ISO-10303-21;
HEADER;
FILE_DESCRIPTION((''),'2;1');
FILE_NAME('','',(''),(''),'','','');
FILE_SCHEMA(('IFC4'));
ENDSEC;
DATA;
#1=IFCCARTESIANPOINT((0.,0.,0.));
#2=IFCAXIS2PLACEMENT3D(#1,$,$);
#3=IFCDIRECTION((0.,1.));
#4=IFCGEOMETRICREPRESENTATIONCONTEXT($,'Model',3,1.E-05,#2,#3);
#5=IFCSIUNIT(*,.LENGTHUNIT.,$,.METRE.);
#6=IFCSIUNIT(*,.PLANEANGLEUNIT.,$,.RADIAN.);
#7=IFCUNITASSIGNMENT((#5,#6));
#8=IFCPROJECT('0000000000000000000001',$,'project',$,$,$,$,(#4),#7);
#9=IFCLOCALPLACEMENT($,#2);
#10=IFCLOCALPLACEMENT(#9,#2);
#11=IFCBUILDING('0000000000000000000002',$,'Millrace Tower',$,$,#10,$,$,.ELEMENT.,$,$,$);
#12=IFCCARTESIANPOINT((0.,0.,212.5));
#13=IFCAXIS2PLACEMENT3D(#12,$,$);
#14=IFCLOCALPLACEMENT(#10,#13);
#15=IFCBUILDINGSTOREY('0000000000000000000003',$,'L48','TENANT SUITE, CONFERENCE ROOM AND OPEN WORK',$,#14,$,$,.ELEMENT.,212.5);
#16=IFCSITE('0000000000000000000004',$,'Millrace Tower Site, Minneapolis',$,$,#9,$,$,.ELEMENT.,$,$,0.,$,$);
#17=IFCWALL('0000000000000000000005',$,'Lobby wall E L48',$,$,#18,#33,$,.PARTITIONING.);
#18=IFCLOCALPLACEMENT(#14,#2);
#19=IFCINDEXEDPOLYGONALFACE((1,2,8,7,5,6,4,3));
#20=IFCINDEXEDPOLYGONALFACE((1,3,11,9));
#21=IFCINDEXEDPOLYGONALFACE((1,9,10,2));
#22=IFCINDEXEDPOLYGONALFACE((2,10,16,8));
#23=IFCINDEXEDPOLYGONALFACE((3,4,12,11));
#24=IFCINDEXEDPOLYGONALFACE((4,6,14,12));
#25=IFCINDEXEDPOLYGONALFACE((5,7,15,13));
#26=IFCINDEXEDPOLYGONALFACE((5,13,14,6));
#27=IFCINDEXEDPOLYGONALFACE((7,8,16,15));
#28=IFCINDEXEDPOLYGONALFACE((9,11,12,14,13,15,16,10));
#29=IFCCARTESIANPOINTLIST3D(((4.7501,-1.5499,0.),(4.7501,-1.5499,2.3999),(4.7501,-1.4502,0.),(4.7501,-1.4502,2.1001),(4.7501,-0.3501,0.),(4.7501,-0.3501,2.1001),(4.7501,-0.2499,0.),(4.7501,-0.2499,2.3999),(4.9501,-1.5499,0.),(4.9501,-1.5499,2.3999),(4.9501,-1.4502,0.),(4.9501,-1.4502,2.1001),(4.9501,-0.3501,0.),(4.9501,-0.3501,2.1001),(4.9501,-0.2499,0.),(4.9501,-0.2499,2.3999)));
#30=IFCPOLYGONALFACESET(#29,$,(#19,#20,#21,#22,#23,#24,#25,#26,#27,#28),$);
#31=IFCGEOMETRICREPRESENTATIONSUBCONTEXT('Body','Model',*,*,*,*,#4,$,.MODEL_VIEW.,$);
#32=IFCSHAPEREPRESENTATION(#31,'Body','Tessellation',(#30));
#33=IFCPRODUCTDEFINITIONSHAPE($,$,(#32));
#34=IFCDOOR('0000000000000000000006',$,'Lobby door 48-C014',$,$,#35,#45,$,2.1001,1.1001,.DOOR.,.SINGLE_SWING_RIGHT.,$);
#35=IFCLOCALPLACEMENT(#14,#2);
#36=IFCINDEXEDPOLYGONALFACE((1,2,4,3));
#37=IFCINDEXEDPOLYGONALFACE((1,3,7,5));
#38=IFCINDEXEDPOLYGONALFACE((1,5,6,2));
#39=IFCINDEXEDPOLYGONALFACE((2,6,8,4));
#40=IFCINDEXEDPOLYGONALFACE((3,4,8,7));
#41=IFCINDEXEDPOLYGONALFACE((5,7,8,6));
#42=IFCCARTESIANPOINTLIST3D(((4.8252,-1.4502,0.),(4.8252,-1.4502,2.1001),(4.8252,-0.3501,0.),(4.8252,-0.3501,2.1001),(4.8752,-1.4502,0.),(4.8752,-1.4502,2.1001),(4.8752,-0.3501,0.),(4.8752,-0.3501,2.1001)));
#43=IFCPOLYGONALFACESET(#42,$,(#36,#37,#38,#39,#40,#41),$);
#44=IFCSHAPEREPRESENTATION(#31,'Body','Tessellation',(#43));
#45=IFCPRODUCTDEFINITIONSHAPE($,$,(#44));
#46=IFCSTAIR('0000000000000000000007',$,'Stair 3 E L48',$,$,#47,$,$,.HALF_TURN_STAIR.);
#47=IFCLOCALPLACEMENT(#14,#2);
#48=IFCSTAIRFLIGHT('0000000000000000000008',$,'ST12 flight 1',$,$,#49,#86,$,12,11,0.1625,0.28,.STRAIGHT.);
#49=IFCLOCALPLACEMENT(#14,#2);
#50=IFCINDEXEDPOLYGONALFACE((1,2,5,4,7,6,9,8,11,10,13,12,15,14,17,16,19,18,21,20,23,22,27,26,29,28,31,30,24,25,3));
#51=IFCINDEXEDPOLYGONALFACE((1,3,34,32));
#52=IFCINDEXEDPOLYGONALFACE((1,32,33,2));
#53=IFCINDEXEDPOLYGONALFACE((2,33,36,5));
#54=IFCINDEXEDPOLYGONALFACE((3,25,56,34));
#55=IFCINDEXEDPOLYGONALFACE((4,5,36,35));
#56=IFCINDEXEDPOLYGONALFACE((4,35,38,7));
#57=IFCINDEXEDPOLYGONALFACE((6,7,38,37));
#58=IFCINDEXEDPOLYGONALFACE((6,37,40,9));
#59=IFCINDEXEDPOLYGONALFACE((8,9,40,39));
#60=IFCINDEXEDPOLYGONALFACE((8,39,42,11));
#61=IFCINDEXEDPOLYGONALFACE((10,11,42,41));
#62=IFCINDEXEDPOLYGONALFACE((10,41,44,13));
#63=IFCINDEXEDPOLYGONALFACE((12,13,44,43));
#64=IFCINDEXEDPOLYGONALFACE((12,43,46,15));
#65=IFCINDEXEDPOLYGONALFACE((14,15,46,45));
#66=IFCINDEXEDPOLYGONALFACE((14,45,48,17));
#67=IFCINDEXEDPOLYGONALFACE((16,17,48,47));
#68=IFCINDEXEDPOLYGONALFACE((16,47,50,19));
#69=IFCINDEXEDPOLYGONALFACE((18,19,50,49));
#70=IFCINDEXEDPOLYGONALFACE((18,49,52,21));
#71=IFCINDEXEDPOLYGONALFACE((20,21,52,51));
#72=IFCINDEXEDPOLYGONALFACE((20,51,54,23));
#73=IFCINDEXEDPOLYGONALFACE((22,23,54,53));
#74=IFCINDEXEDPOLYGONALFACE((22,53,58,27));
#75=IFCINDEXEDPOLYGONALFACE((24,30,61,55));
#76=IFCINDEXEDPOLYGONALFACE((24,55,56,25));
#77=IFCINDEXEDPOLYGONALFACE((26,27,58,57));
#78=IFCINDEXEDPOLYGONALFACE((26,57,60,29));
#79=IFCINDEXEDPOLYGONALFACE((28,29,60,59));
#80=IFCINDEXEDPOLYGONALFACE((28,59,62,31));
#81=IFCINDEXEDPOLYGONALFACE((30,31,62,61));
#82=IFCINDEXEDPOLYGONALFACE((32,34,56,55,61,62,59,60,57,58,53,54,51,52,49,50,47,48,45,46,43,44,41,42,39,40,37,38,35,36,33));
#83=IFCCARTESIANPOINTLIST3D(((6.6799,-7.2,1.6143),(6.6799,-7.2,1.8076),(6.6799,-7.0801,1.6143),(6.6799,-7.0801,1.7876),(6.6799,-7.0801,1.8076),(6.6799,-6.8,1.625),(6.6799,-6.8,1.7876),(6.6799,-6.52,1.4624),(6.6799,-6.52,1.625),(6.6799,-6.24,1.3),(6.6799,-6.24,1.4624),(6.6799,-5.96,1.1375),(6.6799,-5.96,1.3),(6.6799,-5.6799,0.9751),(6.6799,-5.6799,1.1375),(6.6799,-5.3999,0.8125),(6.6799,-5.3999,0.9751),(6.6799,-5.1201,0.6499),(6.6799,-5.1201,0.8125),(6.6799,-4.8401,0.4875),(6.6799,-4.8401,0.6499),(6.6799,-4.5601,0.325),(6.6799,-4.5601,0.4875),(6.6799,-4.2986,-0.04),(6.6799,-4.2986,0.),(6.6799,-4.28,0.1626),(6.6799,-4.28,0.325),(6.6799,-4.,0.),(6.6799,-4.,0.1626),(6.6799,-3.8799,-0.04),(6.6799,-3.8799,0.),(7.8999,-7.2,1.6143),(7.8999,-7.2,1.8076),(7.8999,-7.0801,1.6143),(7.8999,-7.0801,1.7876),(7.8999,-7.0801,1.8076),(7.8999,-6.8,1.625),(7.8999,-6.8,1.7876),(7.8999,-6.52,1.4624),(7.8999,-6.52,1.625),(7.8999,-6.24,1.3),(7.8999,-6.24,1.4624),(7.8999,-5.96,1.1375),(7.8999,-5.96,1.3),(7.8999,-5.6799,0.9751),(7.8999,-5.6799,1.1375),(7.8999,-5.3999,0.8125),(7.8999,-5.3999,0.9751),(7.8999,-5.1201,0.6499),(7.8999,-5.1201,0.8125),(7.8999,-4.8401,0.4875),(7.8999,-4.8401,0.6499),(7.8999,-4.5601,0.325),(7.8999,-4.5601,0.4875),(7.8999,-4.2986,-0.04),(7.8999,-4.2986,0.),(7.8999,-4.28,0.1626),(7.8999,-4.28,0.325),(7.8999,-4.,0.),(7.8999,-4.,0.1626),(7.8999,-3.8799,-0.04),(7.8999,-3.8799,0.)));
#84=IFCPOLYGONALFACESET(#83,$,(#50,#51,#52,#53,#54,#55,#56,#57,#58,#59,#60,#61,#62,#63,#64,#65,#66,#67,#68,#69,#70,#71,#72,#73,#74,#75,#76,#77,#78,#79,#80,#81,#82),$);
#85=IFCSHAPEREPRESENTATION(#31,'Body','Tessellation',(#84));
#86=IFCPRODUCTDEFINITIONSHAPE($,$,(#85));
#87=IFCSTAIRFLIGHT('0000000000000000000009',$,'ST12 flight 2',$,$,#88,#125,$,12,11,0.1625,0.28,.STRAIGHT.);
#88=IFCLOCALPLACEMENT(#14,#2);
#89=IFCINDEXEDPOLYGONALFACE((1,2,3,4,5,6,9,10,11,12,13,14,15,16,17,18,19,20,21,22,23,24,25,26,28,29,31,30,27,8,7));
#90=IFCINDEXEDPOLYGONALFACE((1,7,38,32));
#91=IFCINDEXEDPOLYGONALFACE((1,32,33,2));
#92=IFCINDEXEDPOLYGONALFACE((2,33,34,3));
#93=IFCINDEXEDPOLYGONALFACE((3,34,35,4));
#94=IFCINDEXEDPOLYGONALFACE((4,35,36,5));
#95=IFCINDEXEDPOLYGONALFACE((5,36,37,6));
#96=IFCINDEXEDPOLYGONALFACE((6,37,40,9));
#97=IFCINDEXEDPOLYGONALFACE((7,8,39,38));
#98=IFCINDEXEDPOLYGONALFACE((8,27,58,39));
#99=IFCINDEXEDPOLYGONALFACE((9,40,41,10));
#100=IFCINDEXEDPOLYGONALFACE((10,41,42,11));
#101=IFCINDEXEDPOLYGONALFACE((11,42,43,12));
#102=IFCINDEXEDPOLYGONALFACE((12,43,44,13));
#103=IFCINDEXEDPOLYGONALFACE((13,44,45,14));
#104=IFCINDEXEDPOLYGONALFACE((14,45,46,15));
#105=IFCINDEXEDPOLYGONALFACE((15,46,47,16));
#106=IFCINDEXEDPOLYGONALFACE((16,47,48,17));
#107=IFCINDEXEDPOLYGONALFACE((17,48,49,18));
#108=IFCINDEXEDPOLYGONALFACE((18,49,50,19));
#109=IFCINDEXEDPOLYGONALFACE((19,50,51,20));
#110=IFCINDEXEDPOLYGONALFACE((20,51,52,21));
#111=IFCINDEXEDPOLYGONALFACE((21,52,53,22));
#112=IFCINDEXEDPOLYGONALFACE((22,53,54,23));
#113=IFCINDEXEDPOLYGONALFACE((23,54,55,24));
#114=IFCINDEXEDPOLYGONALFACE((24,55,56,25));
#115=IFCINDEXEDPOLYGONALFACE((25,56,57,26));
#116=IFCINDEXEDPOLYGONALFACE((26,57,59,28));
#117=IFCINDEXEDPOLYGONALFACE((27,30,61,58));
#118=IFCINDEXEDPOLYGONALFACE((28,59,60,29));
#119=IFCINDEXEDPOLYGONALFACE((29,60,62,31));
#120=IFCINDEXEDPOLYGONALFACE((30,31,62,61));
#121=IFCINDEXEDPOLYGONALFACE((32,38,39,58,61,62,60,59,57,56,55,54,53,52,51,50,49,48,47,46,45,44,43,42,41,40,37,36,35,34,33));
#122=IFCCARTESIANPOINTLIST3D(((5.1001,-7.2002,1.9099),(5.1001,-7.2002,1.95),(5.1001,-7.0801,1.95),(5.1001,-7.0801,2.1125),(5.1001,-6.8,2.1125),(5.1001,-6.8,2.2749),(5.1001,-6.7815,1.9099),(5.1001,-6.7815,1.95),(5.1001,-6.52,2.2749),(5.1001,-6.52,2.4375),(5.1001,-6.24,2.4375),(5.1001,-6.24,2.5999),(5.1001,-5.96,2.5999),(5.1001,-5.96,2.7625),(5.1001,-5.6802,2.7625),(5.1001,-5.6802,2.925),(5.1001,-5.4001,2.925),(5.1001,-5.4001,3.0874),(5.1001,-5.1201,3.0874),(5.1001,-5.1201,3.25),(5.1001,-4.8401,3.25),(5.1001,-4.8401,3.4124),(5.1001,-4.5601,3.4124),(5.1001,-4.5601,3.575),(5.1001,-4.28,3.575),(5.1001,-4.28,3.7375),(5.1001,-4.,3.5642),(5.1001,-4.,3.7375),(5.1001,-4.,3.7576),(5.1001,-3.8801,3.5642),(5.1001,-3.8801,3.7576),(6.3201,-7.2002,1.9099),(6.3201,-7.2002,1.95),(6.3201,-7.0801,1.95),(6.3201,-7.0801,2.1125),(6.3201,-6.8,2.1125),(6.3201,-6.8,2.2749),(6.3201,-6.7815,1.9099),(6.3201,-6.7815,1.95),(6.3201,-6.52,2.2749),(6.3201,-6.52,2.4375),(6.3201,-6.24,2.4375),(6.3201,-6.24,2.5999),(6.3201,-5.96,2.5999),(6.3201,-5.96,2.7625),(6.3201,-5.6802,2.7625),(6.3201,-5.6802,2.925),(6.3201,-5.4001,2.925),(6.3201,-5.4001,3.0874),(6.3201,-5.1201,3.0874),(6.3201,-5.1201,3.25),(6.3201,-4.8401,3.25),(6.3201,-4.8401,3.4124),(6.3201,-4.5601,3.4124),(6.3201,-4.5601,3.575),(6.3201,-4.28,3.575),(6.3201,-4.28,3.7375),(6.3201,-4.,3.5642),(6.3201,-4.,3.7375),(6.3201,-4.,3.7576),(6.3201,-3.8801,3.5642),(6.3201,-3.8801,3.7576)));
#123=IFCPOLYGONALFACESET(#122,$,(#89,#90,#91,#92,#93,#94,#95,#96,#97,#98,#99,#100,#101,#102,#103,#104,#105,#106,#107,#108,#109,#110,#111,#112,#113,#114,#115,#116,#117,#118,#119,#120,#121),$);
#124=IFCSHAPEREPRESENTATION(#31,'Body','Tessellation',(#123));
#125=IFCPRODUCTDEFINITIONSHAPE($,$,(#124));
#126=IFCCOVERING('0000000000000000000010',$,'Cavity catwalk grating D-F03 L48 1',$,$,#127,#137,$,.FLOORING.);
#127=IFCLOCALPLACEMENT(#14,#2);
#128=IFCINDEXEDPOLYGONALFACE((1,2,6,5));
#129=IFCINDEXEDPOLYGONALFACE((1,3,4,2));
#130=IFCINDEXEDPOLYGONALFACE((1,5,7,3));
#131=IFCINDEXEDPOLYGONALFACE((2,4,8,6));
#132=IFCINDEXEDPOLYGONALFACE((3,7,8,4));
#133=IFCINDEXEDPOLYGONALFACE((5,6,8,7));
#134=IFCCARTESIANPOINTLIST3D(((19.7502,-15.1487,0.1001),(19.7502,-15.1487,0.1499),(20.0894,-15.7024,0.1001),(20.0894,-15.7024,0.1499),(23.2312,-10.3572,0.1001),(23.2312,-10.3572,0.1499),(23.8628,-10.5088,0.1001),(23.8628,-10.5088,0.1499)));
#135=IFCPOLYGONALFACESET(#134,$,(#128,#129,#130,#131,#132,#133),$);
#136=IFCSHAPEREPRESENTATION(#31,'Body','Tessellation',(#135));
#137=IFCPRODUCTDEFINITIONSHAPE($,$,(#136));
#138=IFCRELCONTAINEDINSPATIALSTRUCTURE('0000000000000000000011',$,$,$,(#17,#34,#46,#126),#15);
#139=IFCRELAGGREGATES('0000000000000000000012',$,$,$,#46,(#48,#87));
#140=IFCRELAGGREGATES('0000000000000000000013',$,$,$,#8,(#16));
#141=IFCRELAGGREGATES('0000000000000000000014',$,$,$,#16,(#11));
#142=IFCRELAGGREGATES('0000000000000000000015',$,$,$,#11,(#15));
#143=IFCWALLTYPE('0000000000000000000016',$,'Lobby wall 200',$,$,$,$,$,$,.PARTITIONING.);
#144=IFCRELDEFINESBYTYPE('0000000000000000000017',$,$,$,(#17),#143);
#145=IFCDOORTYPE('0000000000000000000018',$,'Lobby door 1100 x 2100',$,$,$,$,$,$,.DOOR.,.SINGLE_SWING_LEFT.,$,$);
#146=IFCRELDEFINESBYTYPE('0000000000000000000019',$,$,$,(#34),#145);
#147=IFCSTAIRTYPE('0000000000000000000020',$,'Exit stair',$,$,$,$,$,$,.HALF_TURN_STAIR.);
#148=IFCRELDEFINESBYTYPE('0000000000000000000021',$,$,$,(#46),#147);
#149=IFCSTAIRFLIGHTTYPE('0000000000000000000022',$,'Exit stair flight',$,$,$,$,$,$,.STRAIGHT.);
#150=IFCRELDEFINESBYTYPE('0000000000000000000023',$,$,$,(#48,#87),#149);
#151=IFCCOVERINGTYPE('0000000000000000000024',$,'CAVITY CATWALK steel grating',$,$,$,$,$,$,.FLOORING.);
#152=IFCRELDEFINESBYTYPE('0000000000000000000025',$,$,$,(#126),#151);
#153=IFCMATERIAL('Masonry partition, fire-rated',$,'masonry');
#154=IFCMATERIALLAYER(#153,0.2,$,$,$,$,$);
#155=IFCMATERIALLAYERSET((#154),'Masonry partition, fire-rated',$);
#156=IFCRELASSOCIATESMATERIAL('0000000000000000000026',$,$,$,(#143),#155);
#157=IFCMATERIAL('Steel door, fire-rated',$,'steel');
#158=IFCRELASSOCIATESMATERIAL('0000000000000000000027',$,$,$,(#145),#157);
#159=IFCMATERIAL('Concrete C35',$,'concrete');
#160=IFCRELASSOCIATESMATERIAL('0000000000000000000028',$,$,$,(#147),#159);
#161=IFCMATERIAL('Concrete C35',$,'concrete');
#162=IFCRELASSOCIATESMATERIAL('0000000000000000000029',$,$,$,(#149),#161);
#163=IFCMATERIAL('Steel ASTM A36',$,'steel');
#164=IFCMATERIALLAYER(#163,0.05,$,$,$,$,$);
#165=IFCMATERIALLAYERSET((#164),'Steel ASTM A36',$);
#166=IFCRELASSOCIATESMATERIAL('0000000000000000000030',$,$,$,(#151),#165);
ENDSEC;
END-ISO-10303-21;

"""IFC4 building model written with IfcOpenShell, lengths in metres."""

from ifc_helpers import new_model, si_unit, direction, frame, frame_2d, origin, place, context, subcontext, project, spatial, polyline, rectangle, outline, extrude, material, layer, layer_set, type_object, element, fill, aggregate, save


model = new_model("IFC4")

# Units and contexts
model_context = context("Model", 3, precision=1e-05, world=origin(), true_north=direction((0.0, 1.0)))
body_context = subcontext(model_context, "Body", "Model", "MODEL_VIEW")
ifc_project = project(units=[si_unit("LENGTHUNIT", "METRE"), si_unit("PLANEANGLEUNIT", "RADIAN")], contexts=[model_context])

# Site, building, storey
site_placement = place(None, origin())
site = spatial("IfcSite", under=ifc_project, at=site_placement, Name="Millrace Tower Site, Minneapolis", CompositionType="ELEMENT", RefElevation=0.0)
building_placement = place(site_placement, origin())
building = spatial("IfcBuilding", under=site, at=building_placement, Name="Millrace Tower", CompositionType="ELEMENT")
storey_placement = place(building_placement, frame((0.0, 0.0, 212.5)))
storey = spatial("IfcBuildingStorey", under=building, at=storey_placement, Name="L48", Description="TENANT SUITE, CONFERENCE ROOM AND OPEN WORK", CompositionType="ELEMENT", Elevation=212.5)

# Shared definitions
placement_1 = place(storey_placement, origin())

# Wall, opening, door
ifc_material_1 = material(Name="Masonry partition, fire-rated", Category="masonry")
ifc_layer_1 = layer(ifc_material_1, 0.2)
ifc_layer_set_1 = layer_set([ifc_layer_1], Name="Masonry partition, fire-rated")
wall_type_1 = type_object("IfcWallType", Name="Lobby wall 200", PredefinedType="PARTITIONING", material=ifc_layer_set_1)
wall_1_placement = place(storey_placement, frame((4.8501, -0.25, 0.0), z_axis=(0.0, 0.0, 1.0), x_axis=(0.0, -1.0, 0.0)))
wall_1 = element("IfcWall", 1, at=wall_1_placement, inside=storey, type_object=wall_type_1, Name="Lobby wall E L48", PredefinedType="PARTITIONING", context=body_context, shape_type="SweptSolid", body=[
    extrude(rectangle(XDim=1.3, YDim=0.2, at=frame_2d((0.6499, 0.0))), origin(), (0.0, 0.0, 1.0), 2.3999),
])
opening_placement = place(wall_1_placement, frame((0.1001, 0.0, 0.0)))
opening = element("IfcOpeningElement", 2, at=opening_placement, cuts=wall_1, PredefinedType="OPENING", context=body_context, shape_type="SweptSolid", body=[
    extrude(rectangle(XDim=1.1001, YDim=2.1001, at=frame_2d((0.55, 1.05))), frame((0.0, 0.1099, 0.0), z_axis=(0.0, -1.0, 0.0), x_axis=(1.0, 0.0, 0.0)), (0.0, 0.0, 1.0), 0.22),
])
ifc_material_2 = material(Name="Steel door, fire-rated", Category="steel")
door_type = type_object("IfcDoorType", Name="Lobby door 1100 x 2100", OperationType="SINGLE_SWING_LEFT", PredefinedType="DOOR", material=ifc_material_2)
door_placement = place(opening_placement, frame((1.1001, 0.0, 0.0), z_axis=(0.0, 0.0, 1.0), x_axis=(-1.0, 0.0, 0.0)))
door = element("IfcDoor", 3, at=door_placement, inside=storey, type_object=door_type, Name="Lobby door 48-C014", OperationType="SINGLE_SWING_RIGHT", OverallHeight=2.1001, OverallWidth=1.1001, PredefinedType="DOOR", context=body_context, shape_type="SweptSolid", body=[
    extrude(rectangle(XDim=1.1001, YDim=2.1001, at=frame_2d((0.55, 1.05))), frame((0.0, 0.0249, 0.0), z_axis=(0.0, -1.0, 0.0), x_axis=(1.0, 0.0, 0.0)), (0.0, 0.0, 1.0), 0.05),
])
fill(opening, door)

# Stair, stair flights
ifc_material_3 = material(Name="Concrete C35", Category="concrete")
stair_type = type_object("IfcStairType", Name="Exit stair", PredefinedType="HALF_TURN_STAIR", material=ifc_material_3)
stair = element("IfcStair", 4, at=placement_1, inside=storey, type_object=stair_type, Name="Stair 3 E L48", PredefinedType="HALF_TURN_STAIR")
ifc_material_4 = material(Name="Concrete C35", Category="concrete")
stair_flight_type = type_object("IfcStairFlightType", Name="Exit stair flight", PredefinedType="STRAIGHT", material=ifc_material_4)
stair_flight_1_placement = place(storey_placement, frame((7.29, -4.0, 0.0), z_axis=(0.0, 0.0, 1.0), x_axis=(0.0, -1.0, 0.0)))
stair_flight_1 = element("IfcStairFlight", 5, at=stair_flight_1_placement, type_object=stair_flight_type, Name="ST12 flight 1", NumberOfRisers=12, NumberOfTreads=11, PredefinedType="STRAIGHT", RiserHeight=0.1625, TreadLength=0.28, context=body_context, shape_type="SweptSolid", body=[
    extrude(outline(polyline([(-0.1201, -0.04), (-0.1201, 0.0), (0.0, 0.0), (0.0, 0.1626), (0.28, 0.1626), (0.28, 0.325), (0.5601, 0.325), (0.5601, 0.4875), (0.8401, 0.4875), (0.8401, 0.6499), (1.1201, 0.6499), (1.1201, 0.8125), (1.3999, 0.8125), (1.3999, 0.9751), (1.6799, 0.9751), (1.6799, 1.1375), (1.96, 1.1375), (1.96, 1.3), (2.24, 1.3), (2.24, 1.4624), (2.52, 1.4624), (2.52, 1.625), (2.8, 1.625), (2.8, 1.7876), (3.0801, 1.7876), (3.0801, 1.8076), (3.2, 1.8076), (3.2, 1.6143), (3.0801, 1.6143), (0.2986, 0.0), (0.2986, -0.04), (-0.1201, -0.04)])), frame((0.0, 0.6099, 0.0), z_axis=(0.0, -1.0, 0.0), x_axis=(1.0, 0.0, 0.0)), (0.0, 0.0, 1.0), 1.22),
])
stair_flight_2_placement = place(storey_placement, frame((5.71, -7.0801, 1.95), z_axis=(0.0, 0.0, 1.0), x_axis=(0.0, 1.0, 0.0)))
stair_flight_2 = element("IfcStairFlight", 6, at=stair_flight_2_placement, type_object=stair_flight_type, Name="ST12 flight 2", NumberOfRisers=12, NumberOfTreads=11, PredefinedType="STRAIGHT", RiserHeight=0.1625, TreadLength=0.28, context=body_context, shape_type="SweptSolid", body=[
    extrude(outline(polyline([(-0.1201, -0.04), (-0.1201, 0.0), (0.0, 0.0), (0.0, 0.1626), (0.28, 0.1626), (0.28, 0.325), (0.5601, 0.325), (0.5601, 0.4875), (0.8401, 0.4875), (0.8401, 0.6499), (1.1201, 0.6499), (1.1201, 0.8125), (1.3999, 0.8125), (1.3999, 0.9751), (1.6799, 0.9751), (1.6799, 1.1375), (1.96, 1.1375), (1.96, 1.3), (2.24, 1.3), (2.24, 1.4624), (2.52, 1.4624), (2.52, 1.625), (2.8, 1.625), (2.8, 1.7876), (3.0801, 1.7876), (3.0801, 1.8076), (3.2, 1.8076), (3.2, 1.6143), (3.0801, 1.6143), (0.2986, 0.0), (0.2986, -0.04), (-0.1201, -0.04)])), frame((0.0, 0.6099, 0.0), z_axis=(0.0, -1.0, 0.0), x_axis=(1.0, 0.0, 0.0)), (0.0, 0.0, 1.0), 1.22),
])
aggregate(stair, [stair_flight_1, stair_flight_2])

# Covering
ifc_material_5 = material(Name="Steel ASTM A36", Category="steel")
ifc_layer_2 = layer(ifc_material_5, 0.05)
ifc_layer_set_2 = layer_set([ifc_layer_2], Name="Steel ASTM A36")
covering_type = type_object("IfcCoveringType", Name="CAVITY CATWALK steel grating", PredefinedType="FLOORING", material=ifc_layer_set_2)
covering_placement = place(storey_placement, frame((0.0, 0.0, 0.1001)))
element("IfcCovering", 7, at=covering_placement, inside=storey, type_object=covering_type, Name="Cavity catwalk grating D-F03 L48 1", PredefinedType="FLOORING", context=body_context, shape_type="SweptSolid", body=[
    extrude(outline(polyline([(20.0894, -15.7024), (23.8628, -10.5088), (23.2312, -10.3572), (19.7502, -15.1487), (20.0894, -15.7024)])), origin(), (0.0, 0.0, 1.0), 0.0498),
])

save(model, "model.ifc")
